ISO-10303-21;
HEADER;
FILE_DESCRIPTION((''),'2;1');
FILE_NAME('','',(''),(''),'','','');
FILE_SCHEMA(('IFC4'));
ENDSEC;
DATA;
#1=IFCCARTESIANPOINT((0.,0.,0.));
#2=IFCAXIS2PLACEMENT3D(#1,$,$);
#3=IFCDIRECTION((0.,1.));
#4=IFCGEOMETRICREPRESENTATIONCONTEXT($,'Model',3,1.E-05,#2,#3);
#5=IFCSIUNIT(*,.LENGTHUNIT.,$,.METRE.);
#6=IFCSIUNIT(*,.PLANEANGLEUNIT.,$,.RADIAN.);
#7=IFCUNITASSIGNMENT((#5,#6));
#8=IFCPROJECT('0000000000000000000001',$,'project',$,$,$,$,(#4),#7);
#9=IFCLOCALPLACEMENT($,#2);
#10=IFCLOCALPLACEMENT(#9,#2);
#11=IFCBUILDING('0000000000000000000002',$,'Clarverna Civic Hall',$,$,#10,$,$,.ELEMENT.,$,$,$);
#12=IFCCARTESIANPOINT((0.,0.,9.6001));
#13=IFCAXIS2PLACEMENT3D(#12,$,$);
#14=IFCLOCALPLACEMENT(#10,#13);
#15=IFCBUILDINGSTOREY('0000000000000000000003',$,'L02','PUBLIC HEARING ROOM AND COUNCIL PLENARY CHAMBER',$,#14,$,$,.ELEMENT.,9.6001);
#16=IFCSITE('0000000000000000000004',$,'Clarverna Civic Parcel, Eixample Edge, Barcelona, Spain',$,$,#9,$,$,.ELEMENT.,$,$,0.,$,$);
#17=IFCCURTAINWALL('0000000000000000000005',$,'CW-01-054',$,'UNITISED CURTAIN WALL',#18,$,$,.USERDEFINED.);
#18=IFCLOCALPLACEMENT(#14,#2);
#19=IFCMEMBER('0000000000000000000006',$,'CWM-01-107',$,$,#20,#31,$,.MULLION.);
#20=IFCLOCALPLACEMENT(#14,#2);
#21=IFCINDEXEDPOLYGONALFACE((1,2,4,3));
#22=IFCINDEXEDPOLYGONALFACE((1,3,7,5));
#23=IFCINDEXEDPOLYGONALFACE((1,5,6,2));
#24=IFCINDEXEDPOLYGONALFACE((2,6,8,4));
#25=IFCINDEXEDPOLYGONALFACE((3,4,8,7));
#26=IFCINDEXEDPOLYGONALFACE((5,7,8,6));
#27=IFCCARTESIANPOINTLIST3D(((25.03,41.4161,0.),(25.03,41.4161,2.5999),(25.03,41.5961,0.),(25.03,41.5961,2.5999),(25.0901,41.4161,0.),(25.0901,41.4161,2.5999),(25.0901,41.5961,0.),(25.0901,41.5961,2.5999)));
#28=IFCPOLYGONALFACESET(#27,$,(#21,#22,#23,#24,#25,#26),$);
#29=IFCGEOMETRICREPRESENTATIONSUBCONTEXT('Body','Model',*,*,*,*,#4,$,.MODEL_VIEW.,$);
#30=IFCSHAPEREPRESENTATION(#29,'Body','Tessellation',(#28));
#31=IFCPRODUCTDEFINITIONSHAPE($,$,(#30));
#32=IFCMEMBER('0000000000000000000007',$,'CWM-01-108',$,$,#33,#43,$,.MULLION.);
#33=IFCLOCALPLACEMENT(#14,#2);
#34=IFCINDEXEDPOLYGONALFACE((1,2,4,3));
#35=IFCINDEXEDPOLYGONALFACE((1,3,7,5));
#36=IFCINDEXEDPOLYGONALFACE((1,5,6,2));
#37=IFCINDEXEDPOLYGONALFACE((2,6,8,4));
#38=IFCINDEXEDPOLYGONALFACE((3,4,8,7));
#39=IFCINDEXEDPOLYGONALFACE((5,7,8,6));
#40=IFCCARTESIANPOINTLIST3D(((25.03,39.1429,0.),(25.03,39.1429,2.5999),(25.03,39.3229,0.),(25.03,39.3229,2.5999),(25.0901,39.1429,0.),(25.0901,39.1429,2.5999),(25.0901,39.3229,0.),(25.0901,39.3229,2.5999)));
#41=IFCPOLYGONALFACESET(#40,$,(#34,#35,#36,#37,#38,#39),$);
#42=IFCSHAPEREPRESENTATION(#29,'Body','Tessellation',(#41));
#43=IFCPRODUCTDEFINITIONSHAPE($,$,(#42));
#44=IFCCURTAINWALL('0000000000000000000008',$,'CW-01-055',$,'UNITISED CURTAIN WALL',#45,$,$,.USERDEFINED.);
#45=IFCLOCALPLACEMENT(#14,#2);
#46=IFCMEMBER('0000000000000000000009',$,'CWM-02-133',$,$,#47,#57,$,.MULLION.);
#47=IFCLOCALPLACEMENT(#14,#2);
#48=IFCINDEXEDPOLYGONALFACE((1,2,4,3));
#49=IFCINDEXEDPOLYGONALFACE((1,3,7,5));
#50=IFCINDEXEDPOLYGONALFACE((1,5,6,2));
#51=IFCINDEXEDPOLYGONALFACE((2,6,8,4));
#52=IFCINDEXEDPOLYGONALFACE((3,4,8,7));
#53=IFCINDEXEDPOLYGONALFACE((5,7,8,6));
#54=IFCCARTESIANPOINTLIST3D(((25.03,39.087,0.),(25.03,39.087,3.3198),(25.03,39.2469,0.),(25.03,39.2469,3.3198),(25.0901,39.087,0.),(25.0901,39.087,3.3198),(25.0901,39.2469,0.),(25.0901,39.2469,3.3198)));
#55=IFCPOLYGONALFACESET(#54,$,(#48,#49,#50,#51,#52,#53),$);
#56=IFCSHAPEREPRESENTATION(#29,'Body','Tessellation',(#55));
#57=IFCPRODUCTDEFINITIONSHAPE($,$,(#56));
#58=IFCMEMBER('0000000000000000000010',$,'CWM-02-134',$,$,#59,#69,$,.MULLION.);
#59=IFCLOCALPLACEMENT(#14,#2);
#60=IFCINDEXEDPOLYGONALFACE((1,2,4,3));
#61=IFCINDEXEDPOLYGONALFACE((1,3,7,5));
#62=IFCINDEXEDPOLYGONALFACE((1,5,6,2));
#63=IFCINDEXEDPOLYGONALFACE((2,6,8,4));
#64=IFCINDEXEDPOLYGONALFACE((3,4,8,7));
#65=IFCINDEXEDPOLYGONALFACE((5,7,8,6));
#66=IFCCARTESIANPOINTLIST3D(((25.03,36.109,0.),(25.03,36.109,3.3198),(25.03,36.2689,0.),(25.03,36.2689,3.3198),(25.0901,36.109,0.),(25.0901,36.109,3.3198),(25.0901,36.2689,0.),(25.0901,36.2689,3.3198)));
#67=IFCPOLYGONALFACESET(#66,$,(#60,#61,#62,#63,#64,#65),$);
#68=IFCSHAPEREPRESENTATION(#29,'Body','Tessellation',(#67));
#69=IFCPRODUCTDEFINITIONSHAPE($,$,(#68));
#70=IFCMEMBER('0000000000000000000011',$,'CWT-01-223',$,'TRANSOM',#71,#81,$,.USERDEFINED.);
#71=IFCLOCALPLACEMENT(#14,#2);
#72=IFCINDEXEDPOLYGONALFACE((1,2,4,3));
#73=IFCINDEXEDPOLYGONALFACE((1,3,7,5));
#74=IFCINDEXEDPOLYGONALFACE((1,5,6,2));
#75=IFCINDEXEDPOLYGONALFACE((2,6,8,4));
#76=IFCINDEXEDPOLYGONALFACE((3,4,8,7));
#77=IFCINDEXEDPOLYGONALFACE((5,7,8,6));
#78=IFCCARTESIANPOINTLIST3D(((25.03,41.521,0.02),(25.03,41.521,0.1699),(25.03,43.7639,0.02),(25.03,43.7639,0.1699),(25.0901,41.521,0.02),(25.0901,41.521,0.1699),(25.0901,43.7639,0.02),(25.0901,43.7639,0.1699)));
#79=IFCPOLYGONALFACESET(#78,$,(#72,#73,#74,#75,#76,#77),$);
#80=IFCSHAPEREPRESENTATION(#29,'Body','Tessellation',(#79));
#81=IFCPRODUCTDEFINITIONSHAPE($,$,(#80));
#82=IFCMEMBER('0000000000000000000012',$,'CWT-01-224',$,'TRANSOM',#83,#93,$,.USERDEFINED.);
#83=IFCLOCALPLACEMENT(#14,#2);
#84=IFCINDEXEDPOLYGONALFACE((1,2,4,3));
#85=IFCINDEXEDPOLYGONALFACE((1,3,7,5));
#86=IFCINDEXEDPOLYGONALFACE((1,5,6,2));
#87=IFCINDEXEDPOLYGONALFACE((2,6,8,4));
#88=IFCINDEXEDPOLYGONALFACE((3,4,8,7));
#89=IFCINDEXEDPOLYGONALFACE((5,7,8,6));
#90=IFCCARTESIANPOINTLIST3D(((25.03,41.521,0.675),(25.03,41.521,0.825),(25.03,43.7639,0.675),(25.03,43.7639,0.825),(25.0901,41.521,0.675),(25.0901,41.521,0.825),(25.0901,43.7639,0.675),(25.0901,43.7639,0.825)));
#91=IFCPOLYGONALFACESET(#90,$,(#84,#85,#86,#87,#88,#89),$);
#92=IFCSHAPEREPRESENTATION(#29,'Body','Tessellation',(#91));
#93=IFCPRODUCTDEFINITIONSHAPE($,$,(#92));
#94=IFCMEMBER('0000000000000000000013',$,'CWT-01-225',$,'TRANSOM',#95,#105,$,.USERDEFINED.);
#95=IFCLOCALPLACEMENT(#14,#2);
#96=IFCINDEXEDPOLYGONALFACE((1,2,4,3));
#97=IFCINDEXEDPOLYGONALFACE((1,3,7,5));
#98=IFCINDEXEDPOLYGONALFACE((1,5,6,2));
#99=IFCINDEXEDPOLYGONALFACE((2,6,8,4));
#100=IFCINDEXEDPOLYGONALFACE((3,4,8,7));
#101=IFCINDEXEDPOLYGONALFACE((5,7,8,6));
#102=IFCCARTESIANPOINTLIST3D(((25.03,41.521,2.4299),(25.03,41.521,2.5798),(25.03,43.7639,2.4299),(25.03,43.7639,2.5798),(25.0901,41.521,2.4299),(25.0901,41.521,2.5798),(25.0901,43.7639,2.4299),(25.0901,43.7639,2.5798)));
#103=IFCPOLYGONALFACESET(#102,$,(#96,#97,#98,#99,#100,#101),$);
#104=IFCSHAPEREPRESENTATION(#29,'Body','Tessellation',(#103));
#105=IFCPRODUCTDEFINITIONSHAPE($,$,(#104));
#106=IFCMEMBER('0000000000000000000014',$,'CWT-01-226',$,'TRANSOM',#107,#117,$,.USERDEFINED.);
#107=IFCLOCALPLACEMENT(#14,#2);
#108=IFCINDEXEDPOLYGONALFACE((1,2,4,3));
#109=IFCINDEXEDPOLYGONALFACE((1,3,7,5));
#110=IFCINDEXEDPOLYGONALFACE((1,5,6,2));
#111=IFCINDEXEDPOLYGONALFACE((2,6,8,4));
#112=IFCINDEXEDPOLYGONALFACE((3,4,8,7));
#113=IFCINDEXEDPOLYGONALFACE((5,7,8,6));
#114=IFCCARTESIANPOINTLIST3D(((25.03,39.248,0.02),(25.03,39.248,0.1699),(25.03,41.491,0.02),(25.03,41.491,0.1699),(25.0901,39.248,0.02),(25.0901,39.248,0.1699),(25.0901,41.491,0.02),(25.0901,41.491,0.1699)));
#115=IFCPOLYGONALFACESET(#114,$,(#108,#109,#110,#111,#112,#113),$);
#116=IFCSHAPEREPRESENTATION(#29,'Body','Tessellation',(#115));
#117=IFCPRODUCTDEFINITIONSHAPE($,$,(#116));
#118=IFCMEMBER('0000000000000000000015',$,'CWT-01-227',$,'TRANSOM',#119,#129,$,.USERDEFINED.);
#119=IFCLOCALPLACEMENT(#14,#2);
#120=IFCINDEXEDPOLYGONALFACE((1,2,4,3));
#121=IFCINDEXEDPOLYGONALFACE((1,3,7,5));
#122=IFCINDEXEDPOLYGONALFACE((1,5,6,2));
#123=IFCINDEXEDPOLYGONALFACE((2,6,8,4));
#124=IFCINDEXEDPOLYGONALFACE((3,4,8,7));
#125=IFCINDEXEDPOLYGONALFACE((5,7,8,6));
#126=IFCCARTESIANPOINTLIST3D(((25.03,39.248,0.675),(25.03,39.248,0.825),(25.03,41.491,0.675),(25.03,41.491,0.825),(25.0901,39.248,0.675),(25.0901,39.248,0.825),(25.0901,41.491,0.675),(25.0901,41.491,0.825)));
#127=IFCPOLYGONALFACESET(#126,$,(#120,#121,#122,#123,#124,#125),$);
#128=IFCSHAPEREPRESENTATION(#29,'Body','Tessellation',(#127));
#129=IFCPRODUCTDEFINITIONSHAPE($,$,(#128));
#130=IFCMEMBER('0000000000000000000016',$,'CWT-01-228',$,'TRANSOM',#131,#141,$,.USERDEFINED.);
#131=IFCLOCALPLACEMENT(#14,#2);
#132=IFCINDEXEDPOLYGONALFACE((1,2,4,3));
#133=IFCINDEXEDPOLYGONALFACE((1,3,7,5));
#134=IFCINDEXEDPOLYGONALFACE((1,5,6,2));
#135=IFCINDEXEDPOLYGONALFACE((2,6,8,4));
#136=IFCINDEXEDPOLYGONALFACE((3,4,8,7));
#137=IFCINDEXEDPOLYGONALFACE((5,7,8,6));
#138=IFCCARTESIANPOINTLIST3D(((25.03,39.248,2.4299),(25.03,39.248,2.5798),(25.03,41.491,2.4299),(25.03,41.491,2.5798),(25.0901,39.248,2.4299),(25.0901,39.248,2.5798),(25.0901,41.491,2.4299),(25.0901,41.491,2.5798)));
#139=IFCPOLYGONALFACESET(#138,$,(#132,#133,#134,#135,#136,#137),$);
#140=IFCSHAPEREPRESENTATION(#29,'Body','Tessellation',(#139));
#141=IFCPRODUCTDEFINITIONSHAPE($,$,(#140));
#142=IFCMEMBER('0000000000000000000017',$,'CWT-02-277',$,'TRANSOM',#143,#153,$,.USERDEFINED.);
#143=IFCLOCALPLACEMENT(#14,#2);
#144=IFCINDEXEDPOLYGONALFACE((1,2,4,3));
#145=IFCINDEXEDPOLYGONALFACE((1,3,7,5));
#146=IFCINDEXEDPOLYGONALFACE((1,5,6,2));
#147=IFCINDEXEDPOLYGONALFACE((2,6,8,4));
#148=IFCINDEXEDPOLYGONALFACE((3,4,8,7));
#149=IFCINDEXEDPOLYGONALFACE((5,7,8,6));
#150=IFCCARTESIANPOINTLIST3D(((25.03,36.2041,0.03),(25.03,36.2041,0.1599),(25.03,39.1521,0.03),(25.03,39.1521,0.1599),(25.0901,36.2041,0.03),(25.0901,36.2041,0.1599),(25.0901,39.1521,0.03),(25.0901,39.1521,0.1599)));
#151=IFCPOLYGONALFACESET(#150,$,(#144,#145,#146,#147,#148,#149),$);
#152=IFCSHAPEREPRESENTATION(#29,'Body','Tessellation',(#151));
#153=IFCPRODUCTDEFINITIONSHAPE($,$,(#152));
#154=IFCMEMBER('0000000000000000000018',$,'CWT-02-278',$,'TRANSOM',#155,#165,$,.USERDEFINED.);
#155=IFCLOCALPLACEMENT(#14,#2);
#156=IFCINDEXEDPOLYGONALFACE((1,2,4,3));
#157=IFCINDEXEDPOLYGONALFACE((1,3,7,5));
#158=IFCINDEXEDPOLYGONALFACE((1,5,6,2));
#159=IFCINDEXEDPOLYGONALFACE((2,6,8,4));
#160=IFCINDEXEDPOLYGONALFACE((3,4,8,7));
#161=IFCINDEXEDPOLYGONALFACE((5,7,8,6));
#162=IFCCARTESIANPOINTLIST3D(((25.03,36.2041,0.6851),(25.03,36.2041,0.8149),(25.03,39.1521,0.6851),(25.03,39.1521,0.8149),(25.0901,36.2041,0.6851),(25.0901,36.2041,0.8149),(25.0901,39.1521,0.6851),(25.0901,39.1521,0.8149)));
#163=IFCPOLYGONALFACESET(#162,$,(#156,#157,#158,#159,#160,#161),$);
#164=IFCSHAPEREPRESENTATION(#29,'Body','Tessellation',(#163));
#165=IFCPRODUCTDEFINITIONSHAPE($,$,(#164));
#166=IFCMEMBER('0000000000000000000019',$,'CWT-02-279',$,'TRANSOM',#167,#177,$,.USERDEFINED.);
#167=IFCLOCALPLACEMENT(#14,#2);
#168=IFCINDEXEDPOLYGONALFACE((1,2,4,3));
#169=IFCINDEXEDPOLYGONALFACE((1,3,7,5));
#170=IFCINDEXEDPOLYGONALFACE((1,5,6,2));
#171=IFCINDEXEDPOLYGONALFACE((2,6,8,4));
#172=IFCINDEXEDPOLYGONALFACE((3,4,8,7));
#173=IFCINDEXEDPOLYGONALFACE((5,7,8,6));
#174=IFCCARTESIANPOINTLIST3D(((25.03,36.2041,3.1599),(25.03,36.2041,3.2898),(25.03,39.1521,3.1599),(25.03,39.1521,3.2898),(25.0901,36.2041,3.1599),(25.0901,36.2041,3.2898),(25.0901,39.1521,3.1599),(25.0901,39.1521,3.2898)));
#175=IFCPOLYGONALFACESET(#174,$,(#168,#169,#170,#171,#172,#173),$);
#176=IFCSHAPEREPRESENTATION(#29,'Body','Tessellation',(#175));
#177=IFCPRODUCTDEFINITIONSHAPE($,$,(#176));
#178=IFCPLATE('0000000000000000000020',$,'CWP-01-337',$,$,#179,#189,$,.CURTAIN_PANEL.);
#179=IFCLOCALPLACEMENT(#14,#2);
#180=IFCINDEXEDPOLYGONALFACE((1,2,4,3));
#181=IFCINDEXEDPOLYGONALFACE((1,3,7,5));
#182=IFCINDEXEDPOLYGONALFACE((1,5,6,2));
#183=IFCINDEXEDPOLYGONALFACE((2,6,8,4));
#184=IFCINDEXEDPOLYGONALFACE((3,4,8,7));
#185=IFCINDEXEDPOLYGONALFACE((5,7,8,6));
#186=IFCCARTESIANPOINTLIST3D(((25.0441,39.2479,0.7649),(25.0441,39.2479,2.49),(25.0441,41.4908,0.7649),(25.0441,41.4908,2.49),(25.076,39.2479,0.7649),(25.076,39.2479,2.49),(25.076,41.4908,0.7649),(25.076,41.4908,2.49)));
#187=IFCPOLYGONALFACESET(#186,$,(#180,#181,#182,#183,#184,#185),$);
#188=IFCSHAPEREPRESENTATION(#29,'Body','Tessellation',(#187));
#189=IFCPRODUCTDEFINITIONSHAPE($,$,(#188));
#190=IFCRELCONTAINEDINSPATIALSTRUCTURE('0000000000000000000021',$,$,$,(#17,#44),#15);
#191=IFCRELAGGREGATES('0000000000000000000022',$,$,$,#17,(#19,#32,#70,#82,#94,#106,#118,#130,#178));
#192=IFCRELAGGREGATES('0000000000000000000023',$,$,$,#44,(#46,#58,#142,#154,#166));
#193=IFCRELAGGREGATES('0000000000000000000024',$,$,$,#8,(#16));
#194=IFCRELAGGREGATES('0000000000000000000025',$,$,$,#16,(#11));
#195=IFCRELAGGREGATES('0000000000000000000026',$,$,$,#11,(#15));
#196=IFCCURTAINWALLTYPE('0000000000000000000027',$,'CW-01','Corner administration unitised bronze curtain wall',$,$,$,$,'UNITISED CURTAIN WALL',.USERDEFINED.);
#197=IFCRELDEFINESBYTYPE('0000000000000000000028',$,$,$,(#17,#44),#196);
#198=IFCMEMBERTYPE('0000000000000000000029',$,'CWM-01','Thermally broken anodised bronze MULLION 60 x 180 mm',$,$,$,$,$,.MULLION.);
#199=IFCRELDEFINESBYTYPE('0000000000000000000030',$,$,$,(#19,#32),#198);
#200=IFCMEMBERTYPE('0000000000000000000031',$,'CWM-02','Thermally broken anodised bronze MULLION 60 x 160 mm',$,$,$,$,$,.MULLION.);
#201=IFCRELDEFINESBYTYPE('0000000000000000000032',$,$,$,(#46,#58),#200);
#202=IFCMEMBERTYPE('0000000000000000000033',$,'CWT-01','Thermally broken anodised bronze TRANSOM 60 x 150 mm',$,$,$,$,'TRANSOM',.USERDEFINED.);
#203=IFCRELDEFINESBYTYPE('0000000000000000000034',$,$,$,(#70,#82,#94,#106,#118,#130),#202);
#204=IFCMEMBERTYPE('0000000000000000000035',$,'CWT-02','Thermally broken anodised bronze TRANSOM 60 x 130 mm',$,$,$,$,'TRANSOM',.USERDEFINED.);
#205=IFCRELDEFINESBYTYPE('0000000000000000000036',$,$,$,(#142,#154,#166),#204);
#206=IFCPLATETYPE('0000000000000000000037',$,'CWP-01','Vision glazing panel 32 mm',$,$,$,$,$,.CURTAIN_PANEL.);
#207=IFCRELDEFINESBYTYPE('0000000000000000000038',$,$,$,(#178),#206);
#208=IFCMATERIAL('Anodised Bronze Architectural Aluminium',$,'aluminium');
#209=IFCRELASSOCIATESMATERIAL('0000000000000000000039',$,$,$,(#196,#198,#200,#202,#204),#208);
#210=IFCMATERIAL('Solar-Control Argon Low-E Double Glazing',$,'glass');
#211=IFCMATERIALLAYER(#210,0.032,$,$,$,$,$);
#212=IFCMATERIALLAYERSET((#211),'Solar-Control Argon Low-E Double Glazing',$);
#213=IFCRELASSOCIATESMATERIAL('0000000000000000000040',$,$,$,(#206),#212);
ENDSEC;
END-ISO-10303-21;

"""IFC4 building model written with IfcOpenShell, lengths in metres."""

from ifc_helpers import new_model, si_unit, direction, frame, frame_2d, origin, origin_2d, place, context, subcontext, project, spatial, rectangle, extrude, material, layer, layer_set, material_profile, profile_set, type_object, element, aggregate, save


model = new_model("IFC4")

# Units and contexts
model_context = context("Model", 3, precision=1e-05, world=origin(), true_north=direction((0.0, 1.0)))
body_context = subcontext(model_context, "Body", "Model", "MODEL_VIEW")
ifc_project = project(units=[si_unit("LENGTHUNIT", "METRE"), si_unit("PLANEANGLEUNIT", "RADIAN")], contexts=[model_context])

# Site, building, storey
site_placement = place(None, origin())
site = spatial("IfcSite", under=ifc_project, at=site_placement, Name="Clarverna Civic Parcel, Eixample Edge, Barcelona, Spain", CompositionType="ELEMENT", RefElevation=0.0)
building_placement = place(site_placement, origin())
building = spatial("IfcBuilding", under=site, at=building_placement, Name="Clarverna Civic Hall", CompositionType="ELEMENT")
storey_placement = place(building_placement, frame((0.0, 0.0, 9.6001)))
storey = spatial("IfcBuildingStorey", under=building, at=storey_placement, Name="L02", Description="PUBLIC HEARING ROOM AND COUNCIL PLENARY CHAMBER", CompositionType="ELEMENT", Elevation=9.6001)

# Curtain walls, members
ifc_material_1 = material(Name="Anodised Bronze Architectural Aluminium", Category="aluminium")
curtain_wall_type = type_object("IfcCurtainWallType", Name="CW-01", Description="Corner administration unitised bronze curtain wall", ElementType="UNITISED CURTAIN WALL", PredefinedType="USERDEFINED", material=ifc_material_1)
curtain_wall_1_placement = place(storey_placement, origin())
curtain_wall_1 = element("IfcCurtainWall", 1, at=curtain_wall_1_placement, inside=storey, type_object=curtain_wall_type, Name="CW-01-054", ObjectType="UNITISED CURTAIN WALL", PredefinedType="USERDEFINED")
ifc_material_profile_1 = material_profile(ifc_material_1, rectangle(XDim=0.0601, YDim=0.1799, at=origin_2d()), Name="BRONZE 60x180")
ifc_profile_set_1 = profile_set([ifc_material_profile_1], Name="Anodised Bronze Architectural Aluminium")
member_type_1 = type_object("IfcMemberType", Name="CWM-01", Description="Thermally broken anodised bronze MULLION 60 x 180 mm", PredefinedType="MULLION", material=ifc_profile_set_1)
member_1_placement = place(storey_placement, frame((25.0601, 41.5061, 0.0), z_axis=(0.0, 0.0, 1.0), x_axis=(1.0, 0.0, 0.0)))
member_1 = element("IfcMember", 2, at=member_1_placement, type_object=member_type_1, Name="CWM-01-107", PredefinedType="MULLION", context=body_context, shape_type="SweptSolid", body=[
    extrude(rectangle(XDim=0.0601, YDim=0.1799, at=origin_2d()), origin(), (0.0, 0.0, 1.0), 2.5999),
])
member_2_placement = place(storey_placement, frame((25.0601, 39.2329, 0.0), z_axis=(0.0, 0.0, 1.0), x_axis=(1.0, 0.0, 0.0)))
member_2 = element("IfcMember", 3, at=member_2_placement, type_object=member_type_1, Name="CWM-01-108", PredefinedType="MULLION", context=body_context, shape_type="SweptSolid", body=[
    extrude(rectangle(XDim=0.0601, YDim=0.1799, at=origin_2d()), origin(), (0.0, 0.0, 1.0), 2.5999),
])
curtain_wall_2_placement = place(storey_placement, origin())
curtain_wall_2 = element("IfcCurtainWall", 4, at=curtain_wall_2_placement, inside=storey, type_object=curtain_wall_type, Name="CW-01-055", ObjectType="UNITISED CURTAIN WALL", PredefinedType="USERDEFINED")
ifc_material_profile_2 = material_profile(ifc_material_1, rectangle(XDim=0.0601, YDim=0.1599, at=origin_2d()), Name="BRONZE 60x160")
ifc_profile_set_2 = profile_set([ifc_material_profile_2], Name="Anodised Bronze Architectural Aluminium")
member_type_2 = type_object("IfcMemberType", Name="CWM-02", Description="Thermally broken anodised bronze MULLION 60 x 160 mm", PredefinedType="MULLION", material=ifc_profile_set_2)
member_3_placement = place(storey_placement, frame((25.0601, 39.167, 0.0), z_axis=(0.0, 0.0, 1.0), x_axis=(1.0, 0.0, 0.0)))
member_3 = element("IfcMember", 5, at=member_3_placement, type_object=member_type_2, Name="CWM-02-133", PredefinedType="MULLION", context=body_context, shape_type="SweptSolid", body=[
    extrude(rectangle(XDim=0.0601, YDim=0.1599, at=origin_2d()), origin(), (0.0, 0.0, 1.0), 3.3198),
])
member_4_placement = place(storey_placement, frame((25.0601, 36.189, 0.0), z_axis=(0.0, 0.0, 1.0), x_axis=(1.0, 0.0, 0.0)))
member_4 = element("IfcMember", 6, at=member_4_placement, type_object=member_type_2, Name="CWM-02-134", PredefinedType="MULLION", context=body_context, shape_type="SweptSolid", body=[
    extrude(rectangle(XDim=0.0601, YDim=0.1599, at=origin_2d()), origin(), (0.0, 0.0, 1.0), 3.3198),
])

# Members
ifc_material_profile_3 = material_profile(ifc_material_1, rectangle(XDim=0.0601, YDim=0.1499, at=origin_2d()), Name="BRONZE 60x150")
ifc_profile_set_3 = profile_set([ifc_material_profile_3], Name="Anodised Bronze Architectural Aluminium")
member_type_3 = type_object("IfcMemberType", Name="CWT-01", Description="Thermally broken anodised bronze TRANSOM 60 x 150 mm", ElementType="TRANSOM", PredefinedType="USERDEFINED", material=ifc_profile_set_3)
member_5_placement = place(storey_placement, frame((25.0601, 43.7639, 0.095), z_axis=(0.0, -1.0, 0.0), x_axis=(1.0, 0.0, 0.0)))
member_5 = element("IfcMember", 7, at=member_5_placement, type_object=member_type_3, Name="CWT-01-223", ObjectType="TRANSOM", PredefinedType="USERDEFINED", context=body_context, shape_type="SweptSolid", body=[
    extrude(rectangle(XDim=0.0601, YDim=0.1499, at=origin_2d()), origin(), (0.0, 0.0, 1.0), 2.2429),
])
member_6_placement = place(storey_placement, frame((25.0601, 43.7639, 0.75), z_axis=(0.0, -1.0, 0.0), x_axis=(1.0, 0.0, 0.0)))
member_6 = element("IfcMember", 8, at=member_6_placement, type_object=member_type_3, Name="CWT-01-224", ObjectType="TRANSOM", PredefinedType="USERDEFINED", context=body_context, shape_type="SweptSolid", body=[
    extrude(rectangle(XDim=0.0601, YDim=0.1499, at=origin_2d()), origin(), (0.0, 0.0, 1.0), 2.2429),
])
member_7_placement = place(storey_placement, frame((25.0601, 43.7639, 2.5049), z_axis=(0.0, -1.0, 0.0), x_axis=(1.0, 0.0, 0.0)))
member_7 = element("IfcMember", 9, at=member_7_placement, type_object=member_type_3, Name="CWT-01-225", ObjectType="TRANSOM", PredefinedType="USERDEFINED", context=body_context, shape_type="SweptSolid", body=[
    extrude(rectangle(XDim=0.0601, YDim=0.1499, at=origin_2d()), origin(), (0.0, 0.0, 1.0), 2.2429),
])
member_8_placement = place(storey_placement, frame((25.0601, 41.491, 0.095), z_axis=(0.0, -1.0, 0.0), x_axis=(1.0, 0.0, 0.0)))
member_8 = element("IfcMember", 10, at=member_8_placement, type_object=member_type_3, Name="CWT-01-226", ObjectType="TRANSOM", PredefinedType="USERDEFINED", context=body_context, shape_type="SweptSolid", body=[
    extrude(rectangle(XDim=0.0601, YDim=0.1499, at=origin_2d()), origin(), (0.0, 0.0, 1.0), 2.2429),
])
member_9_placement = place(storey_placement, frame((25.0601, 41.491, 0.75), z_axis=(0.0, -1.0, 0.0), x_axis=(1.0, 0.0, 0.0)))
member_9 = element("IfcMember", 11, at=member_9_placement, type_object=member_type_3, Name="CWT-01-227", ObjectType="TRANSOM", PredefinedType="USERDEFINED", context=body_context, shape_type="SweptSolid", body=[
    extrude(rectangle(XDim=0.0601, YDim=0.1499, at=origin_2d()), origin(), (0.0, 0.0, 1.0), 2.2429),
])
member_10_placement = place(storey_placement, frame((25.0601, 41.491, 2.5049), z_axis=(0.0, -1.0, 0.0), x_axis=(1.0, 0.0, 0.0)))
member_10 = element("IfcMember", 12, at=member_10_placement, type_object=member_type_3, Name="CWT-01-228", ObjectType="TRANSOM", PredefinedType="USERDEFINED", context=body_context, shape_type="SweptSolid", body=[
    extrude(rectangle(XDim=0.0601, YDim=0.1499, at=origin_2d()), origin(), (0.0, 0.0, 1.0), 2.2429),
])
ifc_material_profile_4 = material_profile(ifc_material_1, rectangle(XDim=0.0601, YDim=0.1299, at=origin_2d()), Name="BRONZE 60x130")
ifc_profile_set_4 = profile_set([ifc_material_profile_4], Name="Anodised Bronze Architectural Aluminium")
member_type_4 = type_object("IfcMemberType", Name="CWT-02", Description="Thermally broken anodised bronze TRANSOM 60 x 130 mm", ElementType="TRANSOM", PredefinedType="USERDEFINED", material=ifc_profile_set_4)
member_11_placement = place(storey_placement, frame((25.0601, 39.1521, 0.095), z_axis=(0.0, -1.0, 0.0), x_axis=(1.0, 0.0, 0.0)))
member_11 = element("IfcMember", 13, at=member_11_placement, type_object=member_type_4, Name="CWT-02-277", ObjectType="TRANSOM", PredefinedType="USERDEFINED", context=body_context, shape_type="SweptSolid", body=[
    extrude(rectangle(XDim=0.0601, YDim=0.1299, at=origin_2d()), origin(), (0.0, 0.0, 1.0), 2.948),
])
member_12_placement = place(storey_placement, frame((25.0601, 39.1521, 0.75), z_axis=(0.0, -1.0, 0.0), x_axis=(1.0, 0.0, 0.0)))
member_12 = element("IfcMember", 14, at=member_12_placement, type_object=member_type_4, Name="CWT-02-278", ObjectType="TRANSOM", PredefinedType="USERDEFINED", context=body_context, shape_type="SweptSolid", body=[
    extrude(rectangle(XDim=0.0601, YDim=0.1299, at=origin_2d()), origin(), (0.0, 0.0, 1.0), 2.948),
])
member_13_placement = place(storey_placement, frame((25.0601, 39.1521, 3.2249), z_axis=(0.0, -1.0, 0.0), x_axis=(1.0, 0.0, 0.0)))
member_13 = element("IfcMember", 15, at=member_13_placement, type_object=member_type_4, Name="CWT-02-279", ObjectType="TRANSOM", PredefinedType="USERDEFINED", context=body_context, shape_type="SweptSolid", body=[
    extrude(rectangle(XDim=0.0601, YDim=0.1299, at=origin_2d()), origin(), (0.0, 0.0, 1.0), 2.948),
])

# Plate
ifc_material_2 = material(Name="Solar-Control Argon Low-E Double Glazing", Category="glass")
ifc_layer_1 = layer(ifc_material_2, 0.032)
ifc_layer_set_1 = layer_set([ifc_layer_1], Name="Solar-Control Argon Low-E Double Glazing")
plate_type_1 = type_object("IfcPlateType", Name="CWP-01", Description="Vision glazing panel 32 mm", PredefinedType="CURTAIN_PANEL", material=ifc_layer_set_1)
plate_1_placement = place(storey_placement, frame((25.0601, 41.491, 0.7649), z_axis=(0.0, 0.0, 1.0), x_axis=(0.0, -1.0, 0.0)))
plate_1 = element("IfcPlate", 16, at=plate_1_placement, type_object=plate_type_1, Name="CWP-01-337", PredefinedType="CURTAIN_PANEL", context=body_context, shape_type="SweptSolid", body=[
    extrude(rectangle(XDim=2.2429, YDim=0.032, at=frame_2d((1.1216, 0.0))), origin(), (0.0, 0.0, 1.0), 1.7251),
])
aggregate(curtain_wall_1, [member_1, member_2, member_5, member_6, member_7, member_8, member_9, member_10, plate_1])
aggregate(curtain_wall_2, [member_3, member_4, member_11, member_12, member_13])

save(model, "model.ifc")
